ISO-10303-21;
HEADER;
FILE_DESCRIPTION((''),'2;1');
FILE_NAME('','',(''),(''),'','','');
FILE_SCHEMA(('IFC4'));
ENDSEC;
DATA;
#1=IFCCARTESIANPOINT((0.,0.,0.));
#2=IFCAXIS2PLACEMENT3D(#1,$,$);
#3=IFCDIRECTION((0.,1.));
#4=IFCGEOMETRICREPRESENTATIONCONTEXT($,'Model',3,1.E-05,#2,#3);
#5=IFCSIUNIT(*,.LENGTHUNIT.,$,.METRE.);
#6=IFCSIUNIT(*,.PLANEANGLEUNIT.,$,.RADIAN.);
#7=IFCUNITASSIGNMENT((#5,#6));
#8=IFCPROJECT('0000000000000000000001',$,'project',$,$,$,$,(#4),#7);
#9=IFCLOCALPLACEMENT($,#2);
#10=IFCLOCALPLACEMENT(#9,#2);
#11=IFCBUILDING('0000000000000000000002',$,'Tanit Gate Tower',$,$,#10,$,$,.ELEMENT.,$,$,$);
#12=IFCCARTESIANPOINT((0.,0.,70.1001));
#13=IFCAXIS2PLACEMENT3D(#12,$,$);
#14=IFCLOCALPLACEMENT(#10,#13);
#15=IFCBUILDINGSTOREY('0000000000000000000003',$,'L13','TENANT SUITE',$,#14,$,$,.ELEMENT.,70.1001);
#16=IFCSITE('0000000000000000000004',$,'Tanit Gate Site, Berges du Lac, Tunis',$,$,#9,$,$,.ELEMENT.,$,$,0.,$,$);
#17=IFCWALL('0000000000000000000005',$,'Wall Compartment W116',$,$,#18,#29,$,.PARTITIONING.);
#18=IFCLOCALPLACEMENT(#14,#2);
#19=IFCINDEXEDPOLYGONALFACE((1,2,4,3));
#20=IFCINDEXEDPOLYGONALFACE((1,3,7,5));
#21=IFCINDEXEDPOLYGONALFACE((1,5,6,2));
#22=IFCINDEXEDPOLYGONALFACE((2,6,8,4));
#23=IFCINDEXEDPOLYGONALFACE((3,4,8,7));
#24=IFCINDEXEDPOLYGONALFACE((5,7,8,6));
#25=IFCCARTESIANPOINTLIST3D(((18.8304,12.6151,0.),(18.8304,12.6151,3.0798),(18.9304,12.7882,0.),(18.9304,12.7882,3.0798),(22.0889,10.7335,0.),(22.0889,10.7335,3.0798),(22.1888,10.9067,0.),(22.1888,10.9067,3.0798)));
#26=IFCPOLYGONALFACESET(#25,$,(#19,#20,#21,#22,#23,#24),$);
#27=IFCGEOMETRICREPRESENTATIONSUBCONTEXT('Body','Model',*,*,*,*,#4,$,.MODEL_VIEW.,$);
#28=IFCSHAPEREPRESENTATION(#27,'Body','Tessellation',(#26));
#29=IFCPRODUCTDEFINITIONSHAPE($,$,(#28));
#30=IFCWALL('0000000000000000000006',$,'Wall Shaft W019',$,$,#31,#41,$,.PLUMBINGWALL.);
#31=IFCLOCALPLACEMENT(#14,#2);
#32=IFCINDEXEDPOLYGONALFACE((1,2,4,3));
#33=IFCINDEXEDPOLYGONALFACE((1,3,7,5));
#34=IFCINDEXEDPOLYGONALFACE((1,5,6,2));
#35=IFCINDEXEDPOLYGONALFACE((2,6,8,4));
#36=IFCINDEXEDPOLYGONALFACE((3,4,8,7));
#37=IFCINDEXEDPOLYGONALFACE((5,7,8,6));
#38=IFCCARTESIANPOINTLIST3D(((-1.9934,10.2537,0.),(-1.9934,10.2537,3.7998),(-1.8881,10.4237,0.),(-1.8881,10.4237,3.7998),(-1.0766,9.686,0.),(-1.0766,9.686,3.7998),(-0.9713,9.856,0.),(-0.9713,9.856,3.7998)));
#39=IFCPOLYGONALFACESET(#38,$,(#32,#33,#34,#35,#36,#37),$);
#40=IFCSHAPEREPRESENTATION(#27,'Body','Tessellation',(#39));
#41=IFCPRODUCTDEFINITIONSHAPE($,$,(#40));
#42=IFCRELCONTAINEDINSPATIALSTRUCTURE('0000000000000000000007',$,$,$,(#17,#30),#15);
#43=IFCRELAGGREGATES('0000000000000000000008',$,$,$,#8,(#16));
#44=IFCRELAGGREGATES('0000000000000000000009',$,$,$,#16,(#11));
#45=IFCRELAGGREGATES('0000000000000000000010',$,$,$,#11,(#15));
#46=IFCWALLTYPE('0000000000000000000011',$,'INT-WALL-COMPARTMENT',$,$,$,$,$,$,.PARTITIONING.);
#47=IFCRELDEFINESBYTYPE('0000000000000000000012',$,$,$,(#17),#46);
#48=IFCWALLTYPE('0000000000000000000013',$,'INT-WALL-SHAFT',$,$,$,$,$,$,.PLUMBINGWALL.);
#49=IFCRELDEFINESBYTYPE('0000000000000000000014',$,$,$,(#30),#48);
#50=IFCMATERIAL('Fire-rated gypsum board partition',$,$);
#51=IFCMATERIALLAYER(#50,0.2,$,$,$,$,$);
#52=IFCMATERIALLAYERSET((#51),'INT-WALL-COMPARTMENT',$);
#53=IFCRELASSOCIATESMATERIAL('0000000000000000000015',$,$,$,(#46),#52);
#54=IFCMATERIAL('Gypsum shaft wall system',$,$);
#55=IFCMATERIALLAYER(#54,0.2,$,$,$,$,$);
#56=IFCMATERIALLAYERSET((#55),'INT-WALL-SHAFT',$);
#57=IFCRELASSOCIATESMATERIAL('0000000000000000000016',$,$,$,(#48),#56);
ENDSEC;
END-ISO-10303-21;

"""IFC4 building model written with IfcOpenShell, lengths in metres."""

from ifc_helpers import new_model, si_unit, direction, frame, frame_2d, origin, place, context, subcontext, project, spatial, rectangle, extrude, material, layer, layer_set, type_object, element, save


model = new_model("IFC4")

# Units and contexts
model_context = context("Model", 3, precision=1e-05, world=origin(), true_north=direction((0.0, 1.0)))
body_context = subcontext(model_context, "Body", "Model", "MODEL_VIEW")
ifc_project = project(units=[si_unit("LENGTHUNIT", "METRE"), si_unit("PLANEANGLEUNIT", "RADIAN")], contexts=[model_context])

# Site, building, storey
site_placement = place(None, origin())
site = spatial("IfcSite", under=ifc_project, at=site_placement, Name="Tanit Gate Site, Berges du Lac, Tunis", CompositionType="ELEMENT", RefElevation=0.0)
building_placement = place(site_placement, origin())
building = spatial("IfcBuilding", under=site, at=building_placement, Name="Tanit Gate Tower", CompositionType="ELEMENT")
storey_placement = place(building_placement, frame((0.0, 0.0, 70.1001)))
storey = spatial("IfcBuildingStorey", under=building, at=storey_placement, Name="L13", Description="TENANT SUITE", CompositionType="ELEMENT", Elevation=70.1001)

# Walls
ifc_material_1 = material(Name="Fire-rated gypsum board partition")
ifc_layer_1 = layer(ifc_material_1, 0.2)
ifc_layer_set_1 = layer_set([ifc_layer_1], Name="INT-WALL-COMPARTMENT")
wall_type_1 = type_object("IfcWallType", Name="INT-WALL-COMPARTMENT", PredefinedType="PARTITIONING", material=ifc_layer_set_1)
wall_1_placement = place(storey_placement, frame((18.8804, 12.7017, 0.0), z_axis=(0.0, 0.0, 1.0), x_axis=(0.865994, -0.500054, 0.0)))
element("IfcWall", 1, at=wall_1_placement, inside=storey, type_object=wall_type_1, Name="Wall Compartment W116", PredefinedType="PARTITIONING", context=body_context, shape_type="SweptSolid", body=[
    extrude(rectangle(XDim=3.7627, YDim=0.2, at=frame_2d((1.8813, 0.0))), origin(), (0.0, 0.0, 1.0), 3.0798),
])
ifc_material_2 = material(Name="Gypsum shaft wall system")
ifc_layer_2 = layer(ifc_material_2, 0.2)
ifc_layer_set_2 = layer_set([ifc_layer_2], Name="INT-WALL-SHAFT")
wall_type_2 = type_object("IfcWallType", Name="INT-WALL-SHAFT", PredefinedType="PLUMBINGWALL", material=ifc_layer_set_2)
wall_2_placement = place(storey_placement, frame((-1.9407, 10.3386, 0.0), z_axis=(0.0, 0.0, 1.0), x_axis=(0.850217, -0.526433, 0.0)))
element("IfcWall", 2, at=wall_2_placement, inside=storey, type_object=wall_type_2, Name="Wall Shaft W019", PredefinedType="PLUMBINGWALL", context=body_context, shape_type="SweptSolid", body=[
    extrude(rectangle(XDim=1.0784, YDim=0.2, at=frame_2d((0.5391, 0.0))), origin(), (0.0, 0.0, 1.0), 3.7998),
])

save(model, "model.ifc")
